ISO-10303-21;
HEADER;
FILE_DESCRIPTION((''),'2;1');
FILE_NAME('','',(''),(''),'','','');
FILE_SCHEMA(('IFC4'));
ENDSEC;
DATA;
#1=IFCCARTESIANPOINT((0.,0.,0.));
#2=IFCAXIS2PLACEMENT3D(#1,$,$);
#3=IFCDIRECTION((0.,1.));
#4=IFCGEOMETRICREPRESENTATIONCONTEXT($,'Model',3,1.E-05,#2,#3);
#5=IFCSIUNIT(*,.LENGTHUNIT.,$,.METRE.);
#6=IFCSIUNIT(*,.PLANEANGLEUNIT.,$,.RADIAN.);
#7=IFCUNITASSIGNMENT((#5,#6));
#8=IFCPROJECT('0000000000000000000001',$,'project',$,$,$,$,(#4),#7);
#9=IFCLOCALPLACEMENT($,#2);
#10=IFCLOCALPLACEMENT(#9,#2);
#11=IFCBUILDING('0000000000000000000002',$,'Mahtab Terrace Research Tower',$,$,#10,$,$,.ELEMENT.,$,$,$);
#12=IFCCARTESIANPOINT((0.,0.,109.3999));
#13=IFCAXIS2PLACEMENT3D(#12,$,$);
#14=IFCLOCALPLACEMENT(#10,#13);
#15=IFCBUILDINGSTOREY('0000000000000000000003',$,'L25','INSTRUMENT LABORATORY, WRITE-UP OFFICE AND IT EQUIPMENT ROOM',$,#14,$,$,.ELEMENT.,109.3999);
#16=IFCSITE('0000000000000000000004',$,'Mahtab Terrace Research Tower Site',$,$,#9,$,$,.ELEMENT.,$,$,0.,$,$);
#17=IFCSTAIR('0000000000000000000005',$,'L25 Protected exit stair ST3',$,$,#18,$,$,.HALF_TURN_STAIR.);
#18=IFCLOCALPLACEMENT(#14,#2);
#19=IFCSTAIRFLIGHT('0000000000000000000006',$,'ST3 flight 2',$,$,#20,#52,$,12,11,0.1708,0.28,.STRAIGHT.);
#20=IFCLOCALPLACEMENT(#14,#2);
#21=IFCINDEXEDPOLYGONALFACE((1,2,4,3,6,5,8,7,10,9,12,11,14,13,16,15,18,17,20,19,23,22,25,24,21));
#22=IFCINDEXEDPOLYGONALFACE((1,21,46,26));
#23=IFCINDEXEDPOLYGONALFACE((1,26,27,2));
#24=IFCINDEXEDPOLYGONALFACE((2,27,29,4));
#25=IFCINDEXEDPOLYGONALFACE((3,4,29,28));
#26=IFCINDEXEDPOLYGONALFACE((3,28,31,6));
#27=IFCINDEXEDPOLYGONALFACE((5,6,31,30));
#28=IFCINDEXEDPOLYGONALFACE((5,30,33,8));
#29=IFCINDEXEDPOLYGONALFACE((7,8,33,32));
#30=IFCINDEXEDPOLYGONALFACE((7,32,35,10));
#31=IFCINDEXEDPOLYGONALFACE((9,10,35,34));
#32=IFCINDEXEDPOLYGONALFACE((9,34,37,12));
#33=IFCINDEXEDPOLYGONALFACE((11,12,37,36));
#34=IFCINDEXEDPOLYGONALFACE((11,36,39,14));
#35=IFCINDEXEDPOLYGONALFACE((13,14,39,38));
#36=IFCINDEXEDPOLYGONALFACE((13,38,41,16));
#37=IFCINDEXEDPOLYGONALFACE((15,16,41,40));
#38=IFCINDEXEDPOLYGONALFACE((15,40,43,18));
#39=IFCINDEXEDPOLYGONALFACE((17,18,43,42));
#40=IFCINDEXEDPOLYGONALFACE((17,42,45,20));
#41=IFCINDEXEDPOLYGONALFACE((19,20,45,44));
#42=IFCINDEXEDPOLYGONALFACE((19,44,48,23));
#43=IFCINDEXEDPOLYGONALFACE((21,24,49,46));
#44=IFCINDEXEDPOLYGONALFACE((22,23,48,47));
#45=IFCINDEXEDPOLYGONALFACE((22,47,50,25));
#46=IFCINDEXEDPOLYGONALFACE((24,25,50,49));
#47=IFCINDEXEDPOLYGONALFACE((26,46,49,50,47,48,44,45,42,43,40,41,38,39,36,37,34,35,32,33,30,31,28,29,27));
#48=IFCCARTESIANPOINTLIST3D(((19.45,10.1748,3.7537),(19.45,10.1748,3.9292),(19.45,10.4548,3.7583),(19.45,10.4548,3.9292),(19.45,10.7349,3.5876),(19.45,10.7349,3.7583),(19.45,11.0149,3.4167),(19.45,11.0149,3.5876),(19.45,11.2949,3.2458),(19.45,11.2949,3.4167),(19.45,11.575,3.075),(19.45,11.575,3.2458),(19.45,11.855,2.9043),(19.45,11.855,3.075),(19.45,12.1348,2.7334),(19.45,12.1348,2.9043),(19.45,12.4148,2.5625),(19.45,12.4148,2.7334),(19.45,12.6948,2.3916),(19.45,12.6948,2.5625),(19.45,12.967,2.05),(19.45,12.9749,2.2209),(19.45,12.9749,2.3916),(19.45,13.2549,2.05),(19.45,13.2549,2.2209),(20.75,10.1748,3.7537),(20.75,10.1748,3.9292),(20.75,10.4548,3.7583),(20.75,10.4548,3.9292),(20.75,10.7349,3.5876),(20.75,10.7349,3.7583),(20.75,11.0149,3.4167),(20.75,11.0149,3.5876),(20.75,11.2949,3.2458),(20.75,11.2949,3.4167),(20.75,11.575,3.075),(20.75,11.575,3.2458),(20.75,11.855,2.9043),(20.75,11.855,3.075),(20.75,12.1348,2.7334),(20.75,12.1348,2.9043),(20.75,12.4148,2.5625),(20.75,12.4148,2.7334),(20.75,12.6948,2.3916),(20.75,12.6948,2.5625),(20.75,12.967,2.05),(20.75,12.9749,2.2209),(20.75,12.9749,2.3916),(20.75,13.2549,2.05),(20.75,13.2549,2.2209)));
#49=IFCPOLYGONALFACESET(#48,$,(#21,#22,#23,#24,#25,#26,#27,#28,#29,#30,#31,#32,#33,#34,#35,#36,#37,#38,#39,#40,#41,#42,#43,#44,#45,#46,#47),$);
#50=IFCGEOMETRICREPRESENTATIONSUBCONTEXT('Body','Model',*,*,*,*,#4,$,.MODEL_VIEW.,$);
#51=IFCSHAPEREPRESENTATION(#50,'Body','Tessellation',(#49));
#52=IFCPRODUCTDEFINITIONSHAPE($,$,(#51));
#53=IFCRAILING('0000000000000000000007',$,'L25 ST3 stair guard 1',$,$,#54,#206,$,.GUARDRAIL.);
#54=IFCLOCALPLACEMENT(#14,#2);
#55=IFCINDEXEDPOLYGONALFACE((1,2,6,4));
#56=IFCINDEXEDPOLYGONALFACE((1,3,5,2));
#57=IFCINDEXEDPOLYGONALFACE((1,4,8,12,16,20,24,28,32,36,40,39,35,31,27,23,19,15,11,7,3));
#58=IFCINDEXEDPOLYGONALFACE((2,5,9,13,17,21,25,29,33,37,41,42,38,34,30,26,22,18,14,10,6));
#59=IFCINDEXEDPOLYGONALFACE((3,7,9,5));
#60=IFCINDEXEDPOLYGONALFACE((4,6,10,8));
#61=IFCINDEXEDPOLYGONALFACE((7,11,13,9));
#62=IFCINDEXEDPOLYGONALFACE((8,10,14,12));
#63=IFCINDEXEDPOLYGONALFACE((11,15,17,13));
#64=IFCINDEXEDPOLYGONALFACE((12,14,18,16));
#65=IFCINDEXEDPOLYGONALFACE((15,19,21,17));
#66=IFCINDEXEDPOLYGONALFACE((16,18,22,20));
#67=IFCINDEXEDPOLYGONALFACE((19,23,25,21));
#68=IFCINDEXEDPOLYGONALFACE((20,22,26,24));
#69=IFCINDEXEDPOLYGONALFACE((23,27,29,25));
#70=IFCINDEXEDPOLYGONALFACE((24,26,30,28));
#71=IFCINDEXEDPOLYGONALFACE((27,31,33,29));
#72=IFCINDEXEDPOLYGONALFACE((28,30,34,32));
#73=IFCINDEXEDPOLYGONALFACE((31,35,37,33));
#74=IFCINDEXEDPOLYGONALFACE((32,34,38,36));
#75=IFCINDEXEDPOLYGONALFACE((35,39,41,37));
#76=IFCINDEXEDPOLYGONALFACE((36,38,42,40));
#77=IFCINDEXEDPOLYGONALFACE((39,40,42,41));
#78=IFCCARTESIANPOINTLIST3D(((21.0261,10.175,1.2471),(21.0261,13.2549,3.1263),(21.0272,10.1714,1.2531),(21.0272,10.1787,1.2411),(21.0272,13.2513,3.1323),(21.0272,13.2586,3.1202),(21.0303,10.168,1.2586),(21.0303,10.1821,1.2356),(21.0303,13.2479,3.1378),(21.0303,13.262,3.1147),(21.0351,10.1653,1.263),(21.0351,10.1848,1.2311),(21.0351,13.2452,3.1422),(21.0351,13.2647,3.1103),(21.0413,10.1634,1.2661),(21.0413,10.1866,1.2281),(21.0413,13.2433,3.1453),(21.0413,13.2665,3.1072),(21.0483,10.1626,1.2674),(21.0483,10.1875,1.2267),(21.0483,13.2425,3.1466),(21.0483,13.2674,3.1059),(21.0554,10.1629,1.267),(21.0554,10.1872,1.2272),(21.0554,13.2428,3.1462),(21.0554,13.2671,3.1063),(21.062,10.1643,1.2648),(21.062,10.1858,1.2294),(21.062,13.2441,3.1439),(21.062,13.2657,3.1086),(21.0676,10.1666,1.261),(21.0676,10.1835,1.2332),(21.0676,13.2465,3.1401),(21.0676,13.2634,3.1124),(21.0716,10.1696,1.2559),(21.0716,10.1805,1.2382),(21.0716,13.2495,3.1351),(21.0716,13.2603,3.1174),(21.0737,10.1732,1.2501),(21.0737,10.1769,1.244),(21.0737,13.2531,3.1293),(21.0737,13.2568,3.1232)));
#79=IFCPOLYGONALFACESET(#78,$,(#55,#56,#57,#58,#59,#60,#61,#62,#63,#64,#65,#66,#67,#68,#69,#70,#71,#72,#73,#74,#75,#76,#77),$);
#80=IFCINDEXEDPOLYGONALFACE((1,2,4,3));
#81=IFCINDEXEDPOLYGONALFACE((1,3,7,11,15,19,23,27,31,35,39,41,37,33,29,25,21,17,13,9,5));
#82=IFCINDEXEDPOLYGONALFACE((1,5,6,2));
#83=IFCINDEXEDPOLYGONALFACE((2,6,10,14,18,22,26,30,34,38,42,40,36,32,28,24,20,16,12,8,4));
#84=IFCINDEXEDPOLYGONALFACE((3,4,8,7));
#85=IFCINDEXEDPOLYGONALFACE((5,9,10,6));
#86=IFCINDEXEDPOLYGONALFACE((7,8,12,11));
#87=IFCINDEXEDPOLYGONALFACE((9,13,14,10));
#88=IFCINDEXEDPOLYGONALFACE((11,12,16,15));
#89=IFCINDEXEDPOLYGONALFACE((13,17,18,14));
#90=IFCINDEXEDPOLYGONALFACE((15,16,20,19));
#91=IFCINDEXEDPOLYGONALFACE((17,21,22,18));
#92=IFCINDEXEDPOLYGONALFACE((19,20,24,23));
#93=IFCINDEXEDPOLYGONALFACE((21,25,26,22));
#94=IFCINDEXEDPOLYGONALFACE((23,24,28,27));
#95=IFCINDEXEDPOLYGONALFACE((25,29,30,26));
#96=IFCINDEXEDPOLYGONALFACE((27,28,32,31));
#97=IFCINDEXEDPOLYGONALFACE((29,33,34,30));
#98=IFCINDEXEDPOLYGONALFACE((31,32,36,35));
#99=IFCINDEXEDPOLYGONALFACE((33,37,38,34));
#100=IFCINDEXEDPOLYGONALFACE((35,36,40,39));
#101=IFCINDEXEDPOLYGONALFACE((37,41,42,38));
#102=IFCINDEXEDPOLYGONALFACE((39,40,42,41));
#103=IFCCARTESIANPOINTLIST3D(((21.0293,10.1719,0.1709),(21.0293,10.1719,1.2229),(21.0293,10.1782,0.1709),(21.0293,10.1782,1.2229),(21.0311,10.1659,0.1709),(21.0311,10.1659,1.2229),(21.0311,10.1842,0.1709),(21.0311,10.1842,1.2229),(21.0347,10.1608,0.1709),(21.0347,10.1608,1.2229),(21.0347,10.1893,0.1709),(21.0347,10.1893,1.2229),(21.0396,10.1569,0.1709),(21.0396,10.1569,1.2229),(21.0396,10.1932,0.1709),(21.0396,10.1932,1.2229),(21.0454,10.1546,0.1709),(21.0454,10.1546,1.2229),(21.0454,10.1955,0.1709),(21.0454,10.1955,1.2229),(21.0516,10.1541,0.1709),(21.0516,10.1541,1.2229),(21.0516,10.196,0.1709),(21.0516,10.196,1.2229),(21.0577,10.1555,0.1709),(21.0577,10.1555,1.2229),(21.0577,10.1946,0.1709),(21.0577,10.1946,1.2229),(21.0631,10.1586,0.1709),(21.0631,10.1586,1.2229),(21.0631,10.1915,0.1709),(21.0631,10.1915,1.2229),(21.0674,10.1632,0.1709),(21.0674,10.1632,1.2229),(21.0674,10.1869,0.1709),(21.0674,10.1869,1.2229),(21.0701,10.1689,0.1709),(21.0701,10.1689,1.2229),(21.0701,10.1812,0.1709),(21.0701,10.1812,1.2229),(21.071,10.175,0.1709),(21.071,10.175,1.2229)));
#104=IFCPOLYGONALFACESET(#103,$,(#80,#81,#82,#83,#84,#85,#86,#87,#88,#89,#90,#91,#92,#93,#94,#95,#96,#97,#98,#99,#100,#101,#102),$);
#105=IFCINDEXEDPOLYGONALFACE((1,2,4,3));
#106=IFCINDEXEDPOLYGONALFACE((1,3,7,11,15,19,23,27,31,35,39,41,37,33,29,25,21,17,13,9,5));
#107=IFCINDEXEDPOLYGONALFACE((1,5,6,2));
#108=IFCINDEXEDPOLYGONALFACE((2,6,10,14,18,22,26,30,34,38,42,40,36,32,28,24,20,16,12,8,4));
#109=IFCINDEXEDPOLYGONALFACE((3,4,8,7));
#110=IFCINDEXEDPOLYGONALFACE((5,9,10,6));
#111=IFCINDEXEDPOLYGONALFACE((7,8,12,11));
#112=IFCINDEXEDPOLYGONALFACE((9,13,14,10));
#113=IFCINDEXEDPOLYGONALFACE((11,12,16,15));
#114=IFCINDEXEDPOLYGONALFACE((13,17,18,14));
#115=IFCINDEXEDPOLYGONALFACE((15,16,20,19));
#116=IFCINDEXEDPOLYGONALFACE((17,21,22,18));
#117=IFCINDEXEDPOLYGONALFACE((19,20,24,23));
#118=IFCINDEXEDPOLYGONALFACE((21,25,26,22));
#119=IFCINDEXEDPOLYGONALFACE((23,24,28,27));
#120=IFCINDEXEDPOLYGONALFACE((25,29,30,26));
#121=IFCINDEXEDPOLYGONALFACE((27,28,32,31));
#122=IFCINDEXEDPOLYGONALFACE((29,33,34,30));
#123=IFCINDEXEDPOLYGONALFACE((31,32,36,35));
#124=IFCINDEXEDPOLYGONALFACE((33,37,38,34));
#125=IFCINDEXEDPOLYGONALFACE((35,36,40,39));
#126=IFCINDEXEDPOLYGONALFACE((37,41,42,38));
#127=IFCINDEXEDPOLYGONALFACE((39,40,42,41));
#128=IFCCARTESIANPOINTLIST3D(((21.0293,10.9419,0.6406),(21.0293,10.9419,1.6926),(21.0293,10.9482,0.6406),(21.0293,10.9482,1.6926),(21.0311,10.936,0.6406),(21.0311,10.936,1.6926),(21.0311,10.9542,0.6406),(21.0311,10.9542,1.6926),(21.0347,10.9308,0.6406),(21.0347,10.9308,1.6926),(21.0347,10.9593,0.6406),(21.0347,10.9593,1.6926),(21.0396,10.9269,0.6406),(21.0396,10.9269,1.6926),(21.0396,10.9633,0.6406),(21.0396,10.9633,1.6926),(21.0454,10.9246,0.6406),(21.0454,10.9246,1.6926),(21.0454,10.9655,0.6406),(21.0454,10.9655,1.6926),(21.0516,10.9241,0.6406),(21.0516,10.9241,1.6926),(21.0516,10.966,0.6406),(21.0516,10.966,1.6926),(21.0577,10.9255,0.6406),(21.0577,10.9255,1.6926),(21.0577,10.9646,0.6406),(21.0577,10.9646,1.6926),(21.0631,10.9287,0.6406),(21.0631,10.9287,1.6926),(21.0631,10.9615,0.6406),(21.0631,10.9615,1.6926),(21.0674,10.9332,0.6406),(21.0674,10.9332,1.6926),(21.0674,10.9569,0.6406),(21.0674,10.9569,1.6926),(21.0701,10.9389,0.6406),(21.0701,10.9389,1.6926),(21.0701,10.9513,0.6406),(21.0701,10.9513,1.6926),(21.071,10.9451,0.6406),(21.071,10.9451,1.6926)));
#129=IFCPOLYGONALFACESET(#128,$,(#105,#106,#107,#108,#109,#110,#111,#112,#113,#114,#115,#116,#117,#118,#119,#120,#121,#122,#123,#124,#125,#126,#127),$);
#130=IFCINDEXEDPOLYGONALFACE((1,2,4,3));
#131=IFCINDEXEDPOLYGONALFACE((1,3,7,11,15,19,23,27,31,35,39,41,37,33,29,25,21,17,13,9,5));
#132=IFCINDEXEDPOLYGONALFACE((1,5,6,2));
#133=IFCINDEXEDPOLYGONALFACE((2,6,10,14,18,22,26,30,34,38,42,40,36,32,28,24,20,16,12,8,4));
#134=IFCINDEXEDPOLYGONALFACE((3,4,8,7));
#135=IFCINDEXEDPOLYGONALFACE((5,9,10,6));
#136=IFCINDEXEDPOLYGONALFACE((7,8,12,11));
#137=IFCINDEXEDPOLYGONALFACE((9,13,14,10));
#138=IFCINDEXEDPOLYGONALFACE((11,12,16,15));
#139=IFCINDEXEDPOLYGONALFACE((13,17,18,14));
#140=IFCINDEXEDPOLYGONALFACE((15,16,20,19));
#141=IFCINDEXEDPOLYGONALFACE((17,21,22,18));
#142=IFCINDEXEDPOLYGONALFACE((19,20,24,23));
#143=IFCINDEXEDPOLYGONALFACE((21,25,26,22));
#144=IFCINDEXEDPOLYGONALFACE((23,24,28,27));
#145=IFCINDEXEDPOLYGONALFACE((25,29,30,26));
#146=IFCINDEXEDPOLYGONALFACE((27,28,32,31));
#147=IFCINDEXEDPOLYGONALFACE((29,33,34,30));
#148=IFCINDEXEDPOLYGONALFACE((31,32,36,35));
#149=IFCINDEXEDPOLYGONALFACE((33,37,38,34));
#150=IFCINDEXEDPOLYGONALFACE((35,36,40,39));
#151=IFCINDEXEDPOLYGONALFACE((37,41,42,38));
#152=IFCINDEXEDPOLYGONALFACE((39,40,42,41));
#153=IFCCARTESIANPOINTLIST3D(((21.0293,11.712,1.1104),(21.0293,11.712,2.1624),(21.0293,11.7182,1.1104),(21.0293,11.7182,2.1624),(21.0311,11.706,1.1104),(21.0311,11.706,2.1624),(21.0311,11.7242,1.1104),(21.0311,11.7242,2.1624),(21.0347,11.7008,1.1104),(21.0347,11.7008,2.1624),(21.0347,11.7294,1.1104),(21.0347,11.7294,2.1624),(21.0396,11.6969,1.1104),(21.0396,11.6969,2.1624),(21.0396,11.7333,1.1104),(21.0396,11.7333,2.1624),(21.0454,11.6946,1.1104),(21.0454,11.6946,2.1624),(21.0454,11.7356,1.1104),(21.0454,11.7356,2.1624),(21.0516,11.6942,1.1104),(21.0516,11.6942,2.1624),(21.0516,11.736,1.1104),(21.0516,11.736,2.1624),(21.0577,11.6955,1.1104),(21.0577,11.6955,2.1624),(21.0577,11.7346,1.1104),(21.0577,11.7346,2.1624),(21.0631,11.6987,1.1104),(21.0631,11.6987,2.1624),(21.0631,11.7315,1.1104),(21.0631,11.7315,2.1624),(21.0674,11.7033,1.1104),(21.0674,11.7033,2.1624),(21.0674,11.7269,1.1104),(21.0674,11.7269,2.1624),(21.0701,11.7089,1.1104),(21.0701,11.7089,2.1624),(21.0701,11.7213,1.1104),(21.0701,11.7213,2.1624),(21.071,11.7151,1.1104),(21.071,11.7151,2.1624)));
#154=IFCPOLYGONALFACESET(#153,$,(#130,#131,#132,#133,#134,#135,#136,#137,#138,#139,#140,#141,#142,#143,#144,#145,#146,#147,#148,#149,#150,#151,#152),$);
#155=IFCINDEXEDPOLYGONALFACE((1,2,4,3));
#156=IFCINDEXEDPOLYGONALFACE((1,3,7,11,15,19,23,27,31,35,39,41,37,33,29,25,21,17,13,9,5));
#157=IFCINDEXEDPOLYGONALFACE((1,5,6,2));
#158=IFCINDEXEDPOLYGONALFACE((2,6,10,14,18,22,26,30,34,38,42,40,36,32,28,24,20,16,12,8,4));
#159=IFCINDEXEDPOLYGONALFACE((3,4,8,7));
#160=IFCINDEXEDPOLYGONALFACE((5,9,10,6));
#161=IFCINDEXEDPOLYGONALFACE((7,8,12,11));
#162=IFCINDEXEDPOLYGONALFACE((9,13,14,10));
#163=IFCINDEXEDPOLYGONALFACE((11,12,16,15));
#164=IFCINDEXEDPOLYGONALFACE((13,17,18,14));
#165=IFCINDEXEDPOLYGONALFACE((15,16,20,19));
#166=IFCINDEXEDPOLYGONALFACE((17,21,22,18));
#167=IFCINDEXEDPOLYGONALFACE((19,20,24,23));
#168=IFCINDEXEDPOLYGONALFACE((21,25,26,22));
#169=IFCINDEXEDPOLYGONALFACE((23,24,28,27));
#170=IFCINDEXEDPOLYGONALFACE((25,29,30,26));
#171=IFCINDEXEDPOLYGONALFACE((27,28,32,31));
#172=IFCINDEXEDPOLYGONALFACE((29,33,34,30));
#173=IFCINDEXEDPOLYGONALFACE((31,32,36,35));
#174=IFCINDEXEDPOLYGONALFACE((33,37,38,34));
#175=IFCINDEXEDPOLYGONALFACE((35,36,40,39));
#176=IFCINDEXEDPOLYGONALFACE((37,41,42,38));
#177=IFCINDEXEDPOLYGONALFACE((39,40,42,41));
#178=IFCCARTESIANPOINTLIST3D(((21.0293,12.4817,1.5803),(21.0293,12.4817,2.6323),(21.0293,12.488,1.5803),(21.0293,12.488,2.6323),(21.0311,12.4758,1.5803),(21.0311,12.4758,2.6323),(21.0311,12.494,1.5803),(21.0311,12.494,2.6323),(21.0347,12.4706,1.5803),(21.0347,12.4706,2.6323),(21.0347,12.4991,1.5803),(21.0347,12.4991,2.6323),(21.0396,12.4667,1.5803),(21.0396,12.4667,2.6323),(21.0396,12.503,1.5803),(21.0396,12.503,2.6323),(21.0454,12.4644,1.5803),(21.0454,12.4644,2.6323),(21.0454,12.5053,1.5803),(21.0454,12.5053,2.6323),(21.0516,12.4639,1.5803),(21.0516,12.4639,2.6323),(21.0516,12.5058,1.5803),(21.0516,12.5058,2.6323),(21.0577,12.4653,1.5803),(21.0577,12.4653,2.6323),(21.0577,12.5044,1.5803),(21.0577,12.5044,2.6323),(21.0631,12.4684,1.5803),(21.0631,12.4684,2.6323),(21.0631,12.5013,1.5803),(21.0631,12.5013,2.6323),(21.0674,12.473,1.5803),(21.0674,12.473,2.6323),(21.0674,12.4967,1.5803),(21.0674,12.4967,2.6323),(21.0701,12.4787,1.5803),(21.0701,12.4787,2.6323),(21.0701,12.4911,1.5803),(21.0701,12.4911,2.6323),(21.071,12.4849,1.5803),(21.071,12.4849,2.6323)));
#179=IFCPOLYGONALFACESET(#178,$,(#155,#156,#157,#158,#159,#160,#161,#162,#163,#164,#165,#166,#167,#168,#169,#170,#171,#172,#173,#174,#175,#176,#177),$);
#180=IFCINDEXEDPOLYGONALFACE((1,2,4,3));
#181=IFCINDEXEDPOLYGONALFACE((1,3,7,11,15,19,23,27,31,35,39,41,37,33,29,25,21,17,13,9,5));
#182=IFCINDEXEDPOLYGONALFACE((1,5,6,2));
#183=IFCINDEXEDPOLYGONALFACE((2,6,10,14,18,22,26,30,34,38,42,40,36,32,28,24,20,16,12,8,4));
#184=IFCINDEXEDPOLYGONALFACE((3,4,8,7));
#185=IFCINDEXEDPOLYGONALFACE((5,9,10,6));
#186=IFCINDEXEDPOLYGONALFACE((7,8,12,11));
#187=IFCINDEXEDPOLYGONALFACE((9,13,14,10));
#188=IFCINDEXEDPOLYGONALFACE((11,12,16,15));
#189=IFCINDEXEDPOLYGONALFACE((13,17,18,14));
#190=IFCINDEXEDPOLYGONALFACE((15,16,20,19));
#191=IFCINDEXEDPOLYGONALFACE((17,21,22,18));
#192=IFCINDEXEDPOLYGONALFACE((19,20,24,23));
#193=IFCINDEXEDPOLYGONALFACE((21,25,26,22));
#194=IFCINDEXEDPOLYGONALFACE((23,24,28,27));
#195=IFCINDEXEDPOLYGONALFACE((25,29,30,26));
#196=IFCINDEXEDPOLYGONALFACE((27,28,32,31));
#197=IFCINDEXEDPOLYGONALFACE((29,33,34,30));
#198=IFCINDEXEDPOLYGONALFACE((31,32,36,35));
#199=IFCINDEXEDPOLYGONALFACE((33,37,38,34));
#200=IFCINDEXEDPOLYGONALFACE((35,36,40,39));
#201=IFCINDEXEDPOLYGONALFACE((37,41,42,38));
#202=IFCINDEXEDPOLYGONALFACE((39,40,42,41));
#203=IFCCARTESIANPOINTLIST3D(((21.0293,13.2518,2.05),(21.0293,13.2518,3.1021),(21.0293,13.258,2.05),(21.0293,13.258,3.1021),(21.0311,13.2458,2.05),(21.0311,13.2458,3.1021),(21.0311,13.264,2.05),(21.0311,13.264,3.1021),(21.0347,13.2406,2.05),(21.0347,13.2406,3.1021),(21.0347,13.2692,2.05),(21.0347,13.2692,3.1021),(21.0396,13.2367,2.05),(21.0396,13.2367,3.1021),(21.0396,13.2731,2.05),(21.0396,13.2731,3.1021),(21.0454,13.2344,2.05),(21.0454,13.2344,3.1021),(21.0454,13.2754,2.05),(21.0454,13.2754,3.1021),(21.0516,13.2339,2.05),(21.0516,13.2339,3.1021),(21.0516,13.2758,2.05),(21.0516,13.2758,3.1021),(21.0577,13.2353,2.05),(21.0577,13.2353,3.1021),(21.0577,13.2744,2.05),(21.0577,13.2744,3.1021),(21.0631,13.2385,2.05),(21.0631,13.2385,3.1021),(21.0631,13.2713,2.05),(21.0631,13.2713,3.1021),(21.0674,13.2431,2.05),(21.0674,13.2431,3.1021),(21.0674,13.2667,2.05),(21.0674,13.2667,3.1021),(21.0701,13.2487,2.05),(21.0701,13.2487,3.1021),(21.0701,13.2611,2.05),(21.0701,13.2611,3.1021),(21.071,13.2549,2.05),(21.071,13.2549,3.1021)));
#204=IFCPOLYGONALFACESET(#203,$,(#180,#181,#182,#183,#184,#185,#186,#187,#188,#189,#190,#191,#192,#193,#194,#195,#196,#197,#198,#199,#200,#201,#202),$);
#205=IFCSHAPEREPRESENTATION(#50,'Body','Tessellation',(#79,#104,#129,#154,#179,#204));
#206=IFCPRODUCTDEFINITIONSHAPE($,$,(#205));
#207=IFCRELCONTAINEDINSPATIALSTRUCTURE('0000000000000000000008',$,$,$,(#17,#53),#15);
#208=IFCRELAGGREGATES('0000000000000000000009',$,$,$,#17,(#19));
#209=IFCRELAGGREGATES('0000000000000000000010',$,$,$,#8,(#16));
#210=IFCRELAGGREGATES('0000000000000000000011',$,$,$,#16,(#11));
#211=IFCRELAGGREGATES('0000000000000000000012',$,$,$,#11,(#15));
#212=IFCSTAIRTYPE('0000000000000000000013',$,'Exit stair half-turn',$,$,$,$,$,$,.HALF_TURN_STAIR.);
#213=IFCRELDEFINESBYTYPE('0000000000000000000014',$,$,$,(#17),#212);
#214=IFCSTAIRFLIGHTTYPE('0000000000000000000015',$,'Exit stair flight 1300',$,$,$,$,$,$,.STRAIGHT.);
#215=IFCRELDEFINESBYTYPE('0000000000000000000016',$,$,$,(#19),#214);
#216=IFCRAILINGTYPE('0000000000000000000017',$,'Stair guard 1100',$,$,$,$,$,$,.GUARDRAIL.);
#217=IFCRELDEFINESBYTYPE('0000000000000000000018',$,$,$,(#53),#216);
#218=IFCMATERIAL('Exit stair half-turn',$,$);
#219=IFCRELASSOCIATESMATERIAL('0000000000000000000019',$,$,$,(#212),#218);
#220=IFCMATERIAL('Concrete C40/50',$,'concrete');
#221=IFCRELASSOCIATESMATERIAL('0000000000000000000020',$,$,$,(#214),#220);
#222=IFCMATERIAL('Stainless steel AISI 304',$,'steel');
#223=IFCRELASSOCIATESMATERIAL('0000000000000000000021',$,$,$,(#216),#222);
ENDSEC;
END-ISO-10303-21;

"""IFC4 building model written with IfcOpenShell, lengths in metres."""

from ifc_helpers import new_model, si_unit, direction, frame, origin, origin_2d, place, context, subcontext, project, spatial, polyline, circle, outline, extrude, material, type_object, element, aggregate, save


model = new_model("IFC4")

# Units and contexts
model_context = context("Model", 3, precision=1e-05, world=origin(), true_north=direction((0.0, 1.0)))
body_context = subcontext(model_context, "Body", "Model", "MODEL_VIEW")
ifc_project = project(units=[si_unit("LENGTHUNIT", "METRE"), si_unit("PLANEANGLEUNIT", "RADIAN")], contexts=[model_context])

# Site, building, storey
site_placement = place(None, origin())
site = spatial("IfcSite", under=ifc_project, at=site_placement, Name="Mahtab Terrace Research Tower Site", CompositionType="ELEMENT", RefElevation=0.0)
building_placement = place(site_placement, origin())
building = spatial("IfcBuilding", under=site, at=building_placement, Name="Mahtab Terrace Research Tower", CompositionType="ELEMENT")
storey_placement = place(building_placement, frame((0.0, 0.0, 109.3999)))
storey = spatial("IfcBuildingStorey", under=building, at=storey_placement, Name="L25", Description="INSTRUMENT LABORATORY, WRITE-UP OFFICE AND IT EQUIPMENT ROOM", CompositionType="ELEMENT", Elevation=109.3999)

# Shared definitions
ifc_material_1 = material(Name="Stainless steel AISI 304", Category="steel")

# Stair, stair flight
ifc_material_2 = material(Name="Exit stair half-turn")
stair_type = type_object("IfcStairType", Name="Exit stair half-turn", PredefinedType="HALF_TURN_STAIR", material=ifc_material_2)
stair_placement = place(storey_placement, origin())
stair = element("IfcStair", 1, at=stair_placement, inside=storey, type_object=stair_type, Name="L25 Protected exit stair ST3", PredefinedType="HALF_TURN_STAIR")
ifc_material_3 = material(Name="Concrete C40/50", Category="concrete")
stair_flight_type = type_object("IfcStairFlightType", Name="Exit stair flight 1300", PredefinedType="STRAIGHT", material=ifc_material_3)
stair_flight_1_placement = place(storey_placement, frame((20.1001, 13.2549, 2.05), z_axis=(0.0, 0.0, 1.0), x_axis=(0.0, -1.0, 0.0)))
stair_flight_1 = element("IfcStairFlight", 2, at=stair_flight_1_placement, type_object=stair_flight_type, Name="ST3 flight 2", NumberOfRisers=12, NumberOfTreads=11, PredefinedType="STRAIGHT", RiserHeight=0.1708, TreadLength=0.28, context=body_context, shape_type="SweptSolid", body=[
    extrude(outline(polyline([(0.0, 0.0), (0.0, 0.1709), (0.28, 0.1709), (0.28, 0.3416), (0.5601, 0.3416), (0.5601, 0.5125), (0.8401, 0.5125), (0.8401, 0.6833), (1.1201, 0.6833), (1.1201, 0.8542), (1.3999, 0.8542), (1.3999, 1.0249), (1.6799, 1.0249), (1.6799, 1.1958), (1.96, 1.1958), (1.96, 1.3667), (2.24, 1.3667), (2.24, 1.5376), (2.52, 1.5376), (2.52, 1.7083), (2.8, 1.7083), (2.8, 1.8792), (3.0801, 1.8792), (3.0801, 2.05), (3.0801, 1.7036), (0.2878, 0.0), (0.0, 0.0)])), frame((0.0, 0.6499, 0.0), z_axis=(0.0, -1.0, 0.0), x_axis=(1.0, 0.0, 0.0)), (0.0, 0.0, 1.0), 1.3),
])
aggregate(stair, [stair_flight_1])

# Railing
railing_type_1 = type_object("IfcRailingType", Name="Stair guard 1100", PredefinedType="GUARDRAIL", material=ifc_material_1)
railing_1_placement = place(storey_placement, frame((21.05, 10.175, 0.1709)))
element("IfcRailing", 3, at=railing_1_placement, inside=storey, type_object=railing_type_1, Name="L25 ST3 stair guard 1", PredefinedType="GUARDRAIL", context=body_context, shape_type="SweptSolid", body=[
    extrude(circle(Radius=0.0239, at=origin_2d()), frame((0.0, 0.0, 1.0762), z_axis=(0.0, 0.853648, 0.52085), x_axis=(-1.0, 0.0, 0.0)), (0.0, 0.0, 1.0), 3.6079),
    extrude(circle(Radius=0.021, at=origin_2d()), origin(), (0.0, 0.0, 1.0), 1.052),
    extrude(circle(Radius=0.021, at=origin_2d()), frame((0.0, 0.77, 0.4697)), (0.0, 0.0, 1.0), 1.052),
    extrude(circle(Radius=0.021, at=origin_2d()), frame((0.0, 1.54, 0.9395)), (0.0, 0.0, 1.0), 1.052),
    extrude(circle(Radius=0.021, at=origin_2d()), frame((0.0, 2.3098, 1.4094)), (0.0, 0.0, 1.0), 1.052),
    extrude(circle(Radius=0.021, at=origin_2d()), frame((0.0, 3.0798, 1.8792)), (0.0, 0.0, 1.0), 1.052),
])

save(model, "model.ifc")
